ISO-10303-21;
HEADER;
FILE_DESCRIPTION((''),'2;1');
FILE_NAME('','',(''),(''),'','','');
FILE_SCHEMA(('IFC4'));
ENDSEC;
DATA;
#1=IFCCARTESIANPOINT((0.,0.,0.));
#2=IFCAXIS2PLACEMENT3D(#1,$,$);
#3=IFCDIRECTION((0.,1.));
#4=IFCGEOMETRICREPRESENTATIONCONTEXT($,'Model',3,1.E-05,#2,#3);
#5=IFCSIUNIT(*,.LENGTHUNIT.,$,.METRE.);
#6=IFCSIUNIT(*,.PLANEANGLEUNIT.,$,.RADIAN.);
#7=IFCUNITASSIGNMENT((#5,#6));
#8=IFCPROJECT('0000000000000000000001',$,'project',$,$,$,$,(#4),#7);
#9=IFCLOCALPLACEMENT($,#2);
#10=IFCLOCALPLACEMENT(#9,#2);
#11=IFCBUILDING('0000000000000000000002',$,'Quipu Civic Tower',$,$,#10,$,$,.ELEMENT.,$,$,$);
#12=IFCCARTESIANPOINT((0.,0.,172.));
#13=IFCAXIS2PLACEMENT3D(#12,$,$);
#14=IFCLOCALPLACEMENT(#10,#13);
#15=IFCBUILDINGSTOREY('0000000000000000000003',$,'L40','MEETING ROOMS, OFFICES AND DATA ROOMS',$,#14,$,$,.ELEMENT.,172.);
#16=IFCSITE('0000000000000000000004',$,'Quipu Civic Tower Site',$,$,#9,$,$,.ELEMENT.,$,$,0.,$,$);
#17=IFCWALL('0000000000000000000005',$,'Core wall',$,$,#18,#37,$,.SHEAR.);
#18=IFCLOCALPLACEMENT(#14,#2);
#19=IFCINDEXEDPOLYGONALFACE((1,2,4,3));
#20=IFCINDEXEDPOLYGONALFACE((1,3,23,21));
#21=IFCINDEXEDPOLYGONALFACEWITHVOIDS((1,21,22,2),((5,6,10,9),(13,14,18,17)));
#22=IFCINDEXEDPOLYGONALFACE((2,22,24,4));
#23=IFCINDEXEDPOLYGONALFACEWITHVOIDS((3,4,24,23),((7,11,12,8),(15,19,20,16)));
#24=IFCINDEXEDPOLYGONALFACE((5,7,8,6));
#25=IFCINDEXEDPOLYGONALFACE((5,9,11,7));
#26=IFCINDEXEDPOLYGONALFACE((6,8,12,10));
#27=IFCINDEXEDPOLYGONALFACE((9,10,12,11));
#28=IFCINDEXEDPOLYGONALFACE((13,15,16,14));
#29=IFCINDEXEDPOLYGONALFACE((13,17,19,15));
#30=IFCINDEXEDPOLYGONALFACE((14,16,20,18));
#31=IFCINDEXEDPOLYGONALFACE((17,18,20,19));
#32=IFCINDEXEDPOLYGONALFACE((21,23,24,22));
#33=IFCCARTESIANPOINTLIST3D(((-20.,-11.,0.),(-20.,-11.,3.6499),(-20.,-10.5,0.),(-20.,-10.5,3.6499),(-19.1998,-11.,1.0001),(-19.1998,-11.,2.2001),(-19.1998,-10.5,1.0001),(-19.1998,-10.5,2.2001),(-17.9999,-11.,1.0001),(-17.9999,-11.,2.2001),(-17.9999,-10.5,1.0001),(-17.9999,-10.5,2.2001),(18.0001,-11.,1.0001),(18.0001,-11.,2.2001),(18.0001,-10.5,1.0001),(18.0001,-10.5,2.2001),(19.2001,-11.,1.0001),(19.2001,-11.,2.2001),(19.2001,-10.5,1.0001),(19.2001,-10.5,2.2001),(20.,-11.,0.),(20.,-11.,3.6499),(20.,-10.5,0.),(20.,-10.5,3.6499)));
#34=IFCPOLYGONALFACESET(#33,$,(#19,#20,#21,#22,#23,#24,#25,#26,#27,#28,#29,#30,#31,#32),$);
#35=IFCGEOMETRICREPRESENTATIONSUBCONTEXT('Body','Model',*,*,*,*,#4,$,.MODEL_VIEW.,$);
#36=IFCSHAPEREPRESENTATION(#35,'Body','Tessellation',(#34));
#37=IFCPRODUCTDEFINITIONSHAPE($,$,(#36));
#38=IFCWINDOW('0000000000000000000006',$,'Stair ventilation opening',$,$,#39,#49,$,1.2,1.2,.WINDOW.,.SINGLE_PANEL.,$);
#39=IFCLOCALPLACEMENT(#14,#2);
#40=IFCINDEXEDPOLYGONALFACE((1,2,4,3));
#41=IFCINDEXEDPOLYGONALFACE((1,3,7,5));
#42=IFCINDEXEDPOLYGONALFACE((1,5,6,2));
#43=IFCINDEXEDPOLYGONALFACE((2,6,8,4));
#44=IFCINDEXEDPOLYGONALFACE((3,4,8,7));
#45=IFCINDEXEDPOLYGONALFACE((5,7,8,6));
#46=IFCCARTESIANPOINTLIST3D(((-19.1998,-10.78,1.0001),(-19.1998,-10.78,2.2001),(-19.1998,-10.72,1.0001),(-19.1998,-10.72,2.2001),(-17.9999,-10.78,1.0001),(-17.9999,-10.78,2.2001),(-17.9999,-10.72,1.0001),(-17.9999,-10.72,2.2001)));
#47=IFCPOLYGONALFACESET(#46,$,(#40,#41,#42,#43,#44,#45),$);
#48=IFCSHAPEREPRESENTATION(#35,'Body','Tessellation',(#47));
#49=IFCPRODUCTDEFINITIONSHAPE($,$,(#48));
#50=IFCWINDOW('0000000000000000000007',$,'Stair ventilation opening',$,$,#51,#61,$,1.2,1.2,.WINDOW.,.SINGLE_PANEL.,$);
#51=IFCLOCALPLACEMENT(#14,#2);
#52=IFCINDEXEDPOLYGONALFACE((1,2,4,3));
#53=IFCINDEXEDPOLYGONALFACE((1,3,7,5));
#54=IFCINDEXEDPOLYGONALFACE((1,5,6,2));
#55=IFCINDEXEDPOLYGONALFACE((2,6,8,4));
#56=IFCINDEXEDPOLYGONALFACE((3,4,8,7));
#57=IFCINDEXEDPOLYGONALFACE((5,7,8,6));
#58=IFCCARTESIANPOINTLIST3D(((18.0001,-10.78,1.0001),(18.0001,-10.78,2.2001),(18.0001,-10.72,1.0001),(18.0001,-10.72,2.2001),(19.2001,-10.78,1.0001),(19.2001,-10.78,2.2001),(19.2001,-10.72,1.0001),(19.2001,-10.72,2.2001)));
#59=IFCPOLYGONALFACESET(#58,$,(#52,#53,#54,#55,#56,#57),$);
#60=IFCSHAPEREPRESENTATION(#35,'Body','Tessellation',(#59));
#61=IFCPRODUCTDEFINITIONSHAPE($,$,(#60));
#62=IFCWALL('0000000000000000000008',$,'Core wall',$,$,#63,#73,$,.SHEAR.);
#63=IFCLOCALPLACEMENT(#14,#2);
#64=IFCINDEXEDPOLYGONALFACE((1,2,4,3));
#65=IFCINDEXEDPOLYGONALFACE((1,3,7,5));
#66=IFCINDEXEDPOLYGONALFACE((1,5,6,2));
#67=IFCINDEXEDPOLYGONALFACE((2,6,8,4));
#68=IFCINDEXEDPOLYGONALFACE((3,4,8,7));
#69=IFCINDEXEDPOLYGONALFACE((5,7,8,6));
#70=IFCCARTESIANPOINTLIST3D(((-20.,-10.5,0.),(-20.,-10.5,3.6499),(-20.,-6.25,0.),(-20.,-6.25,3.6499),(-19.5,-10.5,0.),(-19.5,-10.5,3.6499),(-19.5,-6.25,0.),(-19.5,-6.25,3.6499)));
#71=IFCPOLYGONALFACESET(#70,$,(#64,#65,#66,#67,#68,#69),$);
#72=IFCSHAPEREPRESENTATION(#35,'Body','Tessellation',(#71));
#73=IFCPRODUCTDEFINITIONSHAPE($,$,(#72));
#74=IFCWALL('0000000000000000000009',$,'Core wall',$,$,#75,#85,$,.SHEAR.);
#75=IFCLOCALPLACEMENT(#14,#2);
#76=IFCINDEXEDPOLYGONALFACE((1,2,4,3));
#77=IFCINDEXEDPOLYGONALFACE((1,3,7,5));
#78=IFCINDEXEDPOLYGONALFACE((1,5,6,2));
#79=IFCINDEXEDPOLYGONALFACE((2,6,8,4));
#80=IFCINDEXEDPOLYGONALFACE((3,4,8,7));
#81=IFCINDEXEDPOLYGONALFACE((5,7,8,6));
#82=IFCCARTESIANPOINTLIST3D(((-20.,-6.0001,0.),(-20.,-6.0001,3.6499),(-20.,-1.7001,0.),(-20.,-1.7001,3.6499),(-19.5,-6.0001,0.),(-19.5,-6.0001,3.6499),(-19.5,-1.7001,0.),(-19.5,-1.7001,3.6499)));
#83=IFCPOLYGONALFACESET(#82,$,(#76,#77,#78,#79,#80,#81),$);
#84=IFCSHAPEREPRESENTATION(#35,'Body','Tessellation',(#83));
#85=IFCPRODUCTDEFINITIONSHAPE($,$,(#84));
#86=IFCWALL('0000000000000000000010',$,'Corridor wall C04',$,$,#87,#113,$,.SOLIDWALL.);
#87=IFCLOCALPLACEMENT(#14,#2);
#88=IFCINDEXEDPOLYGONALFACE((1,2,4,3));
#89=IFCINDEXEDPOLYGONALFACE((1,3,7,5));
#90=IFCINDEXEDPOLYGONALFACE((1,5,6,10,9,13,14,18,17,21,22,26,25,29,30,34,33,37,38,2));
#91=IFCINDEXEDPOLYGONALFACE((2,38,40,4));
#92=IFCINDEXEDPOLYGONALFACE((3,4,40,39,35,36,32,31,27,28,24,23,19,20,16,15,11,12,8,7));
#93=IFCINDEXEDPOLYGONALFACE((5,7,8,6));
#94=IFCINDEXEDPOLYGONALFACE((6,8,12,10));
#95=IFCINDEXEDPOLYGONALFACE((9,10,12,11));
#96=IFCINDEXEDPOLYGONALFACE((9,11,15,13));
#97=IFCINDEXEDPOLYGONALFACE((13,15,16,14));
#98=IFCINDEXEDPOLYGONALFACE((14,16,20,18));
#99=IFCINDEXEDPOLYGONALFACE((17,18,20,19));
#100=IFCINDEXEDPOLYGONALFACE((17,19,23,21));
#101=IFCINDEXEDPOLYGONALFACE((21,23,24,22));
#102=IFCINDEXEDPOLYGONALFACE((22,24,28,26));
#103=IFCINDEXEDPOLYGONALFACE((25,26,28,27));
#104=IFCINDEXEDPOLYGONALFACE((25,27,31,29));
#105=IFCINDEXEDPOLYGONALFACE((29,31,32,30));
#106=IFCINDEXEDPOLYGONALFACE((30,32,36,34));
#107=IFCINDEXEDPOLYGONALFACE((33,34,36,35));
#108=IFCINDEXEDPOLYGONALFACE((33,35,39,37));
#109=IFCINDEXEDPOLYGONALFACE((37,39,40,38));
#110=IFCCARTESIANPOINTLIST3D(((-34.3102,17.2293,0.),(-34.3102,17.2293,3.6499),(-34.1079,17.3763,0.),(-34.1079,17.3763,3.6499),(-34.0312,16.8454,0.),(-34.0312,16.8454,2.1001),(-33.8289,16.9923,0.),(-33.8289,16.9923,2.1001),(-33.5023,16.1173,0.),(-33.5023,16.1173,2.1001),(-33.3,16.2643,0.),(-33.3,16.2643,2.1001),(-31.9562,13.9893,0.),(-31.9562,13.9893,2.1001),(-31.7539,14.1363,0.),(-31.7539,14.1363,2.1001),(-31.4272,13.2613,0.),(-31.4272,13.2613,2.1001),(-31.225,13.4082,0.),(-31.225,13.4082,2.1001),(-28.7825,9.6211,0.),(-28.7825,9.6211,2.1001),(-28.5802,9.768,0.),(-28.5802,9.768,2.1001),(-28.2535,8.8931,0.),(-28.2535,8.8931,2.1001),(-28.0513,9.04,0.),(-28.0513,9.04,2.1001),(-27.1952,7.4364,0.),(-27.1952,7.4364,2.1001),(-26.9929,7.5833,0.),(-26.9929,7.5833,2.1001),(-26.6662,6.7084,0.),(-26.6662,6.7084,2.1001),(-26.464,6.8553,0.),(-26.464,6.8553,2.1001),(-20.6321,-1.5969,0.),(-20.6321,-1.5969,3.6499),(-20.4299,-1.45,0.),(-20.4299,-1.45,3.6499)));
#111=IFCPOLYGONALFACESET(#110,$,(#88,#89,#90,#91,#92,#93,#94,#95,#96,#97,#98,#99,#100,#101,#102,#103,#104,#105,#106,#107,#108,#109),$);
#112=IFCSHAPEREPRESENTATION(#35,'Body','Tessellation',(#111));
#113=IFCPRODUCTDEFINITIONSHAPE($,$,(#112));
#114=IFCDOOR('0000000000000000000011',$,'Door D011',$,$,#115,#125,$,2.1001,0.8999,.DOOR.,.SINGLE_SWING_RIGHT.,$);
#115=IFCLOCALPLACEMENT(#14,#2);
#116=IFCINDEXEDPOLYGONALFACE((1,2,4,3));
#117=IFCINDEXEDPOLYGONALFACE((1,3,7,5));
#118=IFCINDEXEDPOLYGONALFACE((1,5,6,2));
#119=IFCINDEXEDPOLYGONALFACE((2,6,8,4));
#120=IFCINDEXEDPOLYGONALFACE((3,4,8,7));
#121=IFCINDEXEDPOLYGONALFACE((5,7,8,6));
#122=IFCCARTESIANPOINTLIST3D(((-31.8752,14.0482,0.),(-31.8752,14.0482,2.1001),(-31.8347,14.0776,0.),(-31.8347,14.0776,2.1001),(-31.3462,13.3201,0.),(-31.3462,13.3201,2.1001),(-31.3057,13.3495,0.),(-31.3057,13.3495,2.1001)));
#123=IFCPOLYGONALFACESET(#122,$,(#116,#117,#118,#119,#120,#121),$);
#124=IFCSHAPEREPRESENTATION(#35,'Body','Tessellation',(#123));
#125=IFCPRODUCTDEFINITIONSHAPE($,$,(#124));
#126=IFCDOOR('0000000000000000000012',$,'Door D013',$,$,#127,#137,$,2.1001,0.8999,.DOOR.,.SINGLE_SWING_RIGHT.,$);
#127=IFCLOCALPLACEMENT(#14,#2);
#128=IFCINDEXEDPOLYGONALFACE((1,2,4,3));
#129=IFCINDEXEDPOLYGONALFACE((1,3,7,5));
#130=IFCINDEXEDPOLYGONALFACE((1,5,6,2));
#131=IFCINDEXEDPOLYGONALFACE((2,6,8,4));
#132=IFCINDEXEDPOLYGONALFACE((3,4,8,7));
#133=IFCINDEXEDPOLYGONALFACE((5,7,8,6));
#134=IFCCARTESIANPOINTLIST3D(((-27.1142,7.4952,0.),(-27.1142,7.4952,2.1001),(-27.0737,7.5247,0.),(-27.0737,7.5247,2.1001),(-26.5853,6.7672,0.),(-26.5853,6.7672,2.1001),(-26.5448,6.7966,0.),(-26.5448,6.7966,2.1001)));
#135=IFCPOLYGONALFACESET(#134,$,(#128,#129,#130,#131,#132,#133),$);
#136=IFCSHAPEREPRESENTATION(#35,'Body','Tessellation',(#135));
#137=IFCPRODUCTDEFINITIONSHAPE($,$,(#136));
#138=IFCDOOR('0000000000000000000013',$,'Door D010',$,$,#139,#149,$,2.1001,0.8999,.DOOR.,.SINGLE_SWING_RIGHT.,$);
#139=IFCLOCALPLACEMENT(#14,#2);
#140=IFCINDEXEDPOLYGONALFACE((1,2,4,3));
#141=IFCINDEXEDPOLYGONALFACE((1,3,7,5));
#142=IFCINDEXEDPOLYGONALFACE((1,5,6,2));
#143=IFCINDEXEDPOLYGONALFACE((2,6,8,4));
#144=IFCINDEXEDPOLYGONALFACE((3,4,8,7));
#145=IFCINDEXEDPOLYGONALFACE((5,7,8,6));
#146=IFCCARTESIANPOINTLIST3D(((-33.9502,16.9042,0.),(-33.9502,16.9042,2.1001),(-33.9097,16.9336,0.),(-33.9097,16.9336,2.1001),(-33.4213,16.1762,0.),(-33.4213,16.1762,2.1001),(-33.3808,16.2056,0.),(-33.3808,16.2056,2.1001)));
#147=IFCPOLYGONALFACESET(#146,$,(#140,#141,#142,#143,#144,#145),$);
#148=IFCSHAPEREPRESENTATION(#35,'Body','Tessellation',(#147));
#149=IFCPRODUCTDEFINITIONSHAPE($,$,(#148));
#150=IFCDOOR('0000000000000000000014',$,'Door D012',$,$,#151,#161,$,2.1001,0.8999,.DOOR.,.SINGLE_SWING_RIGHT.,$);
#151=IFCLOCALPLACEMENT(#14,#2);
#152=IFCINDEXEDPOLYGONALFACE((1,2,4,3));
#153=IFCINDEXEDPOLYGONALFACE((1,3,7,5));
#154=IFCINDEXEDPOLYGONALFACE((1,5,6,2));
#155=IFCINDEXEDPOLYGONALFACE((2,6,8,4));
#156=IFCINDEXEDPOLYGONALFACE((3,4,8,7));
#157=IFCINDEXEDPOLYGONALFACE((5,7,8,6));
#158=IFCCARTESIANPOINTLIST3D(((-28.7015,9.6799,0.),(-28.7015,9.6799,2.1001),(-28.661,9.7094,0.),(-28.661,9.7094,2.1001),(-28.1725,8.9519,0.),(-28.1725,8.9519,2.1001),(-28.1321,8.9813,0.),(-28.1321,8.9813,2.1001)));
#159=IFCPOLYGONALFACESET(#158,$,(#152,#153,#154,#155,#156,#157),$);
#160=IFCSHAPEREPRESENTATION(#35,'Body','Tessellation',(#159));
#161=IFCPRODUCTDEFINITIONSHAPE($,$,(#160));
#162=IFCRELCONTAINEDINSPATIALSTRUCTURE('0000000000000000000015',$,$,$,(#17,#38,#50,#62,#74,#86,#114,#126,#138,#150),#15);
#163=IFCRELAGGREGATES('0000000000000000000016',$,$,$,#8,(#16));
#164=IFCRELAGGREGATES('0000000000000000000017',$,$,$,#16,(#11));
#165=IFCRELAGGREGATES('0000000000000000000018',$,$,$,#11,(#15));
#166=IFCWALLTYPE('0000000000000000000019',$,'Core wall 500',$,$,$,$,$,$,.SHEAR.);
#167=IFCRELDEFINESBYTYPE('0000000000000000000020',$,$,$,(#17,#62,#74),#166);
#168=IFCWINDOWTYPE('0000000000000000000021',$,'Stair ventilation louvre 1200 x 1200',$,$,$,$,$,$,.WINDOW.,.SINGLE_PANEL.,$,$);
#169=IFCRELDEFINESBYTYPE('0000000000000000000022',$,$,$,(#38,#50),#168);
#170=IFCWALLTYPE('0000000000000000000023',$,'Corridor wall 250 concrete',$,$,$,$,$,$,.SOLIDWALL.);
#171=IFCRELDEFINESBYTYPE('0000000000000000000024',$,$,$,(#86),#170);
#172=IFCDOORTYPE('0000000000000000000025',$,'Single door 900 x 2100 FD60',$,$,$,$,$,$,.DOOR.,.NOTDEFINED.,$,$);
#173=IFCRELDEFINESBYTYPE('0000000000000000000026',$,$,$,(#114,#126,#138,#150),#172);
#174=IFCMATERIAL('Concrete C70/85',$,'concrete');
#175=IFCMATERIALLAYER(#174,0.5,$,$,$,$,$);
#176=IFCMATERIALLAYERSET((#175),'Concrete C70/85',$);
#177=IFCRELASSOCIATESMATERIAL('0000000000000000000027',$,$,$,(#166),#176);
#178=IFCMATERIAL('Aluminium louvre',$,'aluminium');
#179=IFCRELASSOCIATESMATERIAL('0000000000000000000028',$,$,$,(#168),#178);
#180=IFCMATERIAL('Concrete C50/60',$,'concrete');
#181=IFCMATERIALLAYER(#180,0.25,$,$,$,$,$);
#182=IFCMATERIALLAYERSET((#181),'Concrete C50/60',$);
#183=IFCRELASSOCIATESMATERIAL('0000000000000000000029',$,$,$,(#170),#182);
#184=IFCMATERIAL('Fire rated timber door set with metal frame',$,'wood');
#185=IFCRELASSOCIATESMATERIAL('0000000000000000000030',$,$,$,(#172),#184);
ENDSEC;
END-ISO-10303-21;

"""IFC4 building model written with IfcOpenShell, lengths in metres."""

from ifc_helpers import new_model, si_unit, direction, frame, frame_2d, origin, place, context, subcontext, project, spatial, rectangle, extrude, material, layer, layer_set, type_object, element, fill, save


model = new_model("IFC4")

# Units and contexts
model_context = context("Model", 3, precision=1e-05, world=origin(), true_north=direction((0.0, 1.0)))
body_context = subcontext(model_context, "Body", "Model", "MODEL_VIEW")
ifc_project = project(units=[si_unit("LENGTHUNIT", "METRE"), si_unit("PLANEANGLEUNIT", "RADIAN")], contexts=[model_context])

# Site, building, storey
site_placement = place(None, origin())
site = spatial("IfcSite", under=ifc_project, at=site_placement, Name="Quipu Civic Tower Site", CompositionType="ELEMENT", RefElevation=0.0)
building_placement = place(site_placement, origin())
building = spatial("IfcBuilding", under=site, at=building_placement, Name="Quipu Civic Tower", CompositionType="ELEMENT")
storey_placement = place(building_placement, frame((0.0, 0.0, 172.0)))
storey = spatial("IfcBuildingStorey", under=building, at=storey_placement, Name="L40", Description="MEETING ROOMS, OFFICES AND DATA ROOMS", CompositionType="ELEMENT", Elevation=172.0)

# Wall, openings, windows
ifc_material_1 = material(Name="Concrete C70/85", Category="concrete")
ifc_layer_1 = layer(ifc_material_1, 0.5)
ifc_layer_set_1 = layer_set([ifc_layer_1], Name="Concrete C70/85")
wall_type_1 = type_object("IfcWallType", Name="Core wall 500", PredefinedType="SHEAR", material=ifc_layer_set_1)
wall_1_placement = place(storey_placement, frame((-20.0, -10.75, 0.0), z_axis=(0.0, 0.0, 1.0), x_axis=(1.0, 0.0, 0.0)))
wall_1 = element("IfcWall", 1, at=wall_1_placement, inside=storey, type_object=wall_type_1, Name="Core wall", PredefinedType="SHEAR", context=body_context, shape_type="SweptSolid", body=[
    extrude(rectangle(XDim=40.0, YDim=0.5, at=frame_2d((20.0, 0.0))), origin(), (0.0, 0.0, 1.0), 3.6499),
])
opening_1_placement = place(wall_1_placement, frame((0.8, 0.0, 1.0)))
opening_1 = element("IfcOpeningElement", 2, at=opening_1_placement, cuts=wall_1, PredefinedType="OPENING", context=body_context, shape_type="SweptSolid", body=[
    extrude(rectangle(XDim=1.2, YDim=1.2, at=frame_2d((0.6001, 0.6001))), frame((0.0, 0.26, 0.0), z_axis=(0.0, -1.0, 0.0), x_axis=(1.0, 0.0, 0.0)), (0.0, 0.0, 1.0), 0.52),
])
opening_2_placement = place(wall_1_placement, frame((38.0, 0.0, 1.0)))
opening_2 = element("IfcOpeningElement", 3, at=opening_2_placement, cuts=wall_1, PredefinedType="OPENING", context=body_context, shape_type="SweptSolid", body=[
    extrude(rectangle(XDim=1.2, YDim=1.2, at=frame_2d((0.6001, 0.6001))), frame((0.0, 0.26, 0.0), z_axis=(0.0, -1.0, 0.0), x_axis=(1.0, 0.0, 0.0)), (0.0, 0.0, 1.0), 0.52),
])
ifc_material_2 = material(Name="Aluminium louvre", Category="aluminium")
window_type = type_object("IfcWindowType", Name="Stair ventilation louvre 1200 x 1200", PartitioningType="SINGLE_PANEL", PredefinedType="WINDOW", material=ifc_material_2)
window_1_placement = place(opening_1_placement, origin())
window_1 = element("IfcWindow", 4, at=window_1_placement, inside=storey, type_object=window_type, Name="Stair ventilation opening", OverallHeight=1.2, OverallWidth=1.2, PartitioningType="SINGLE_PANEL", PredefinedType="WINDOW", context=body_context, shape_type="SweptSolid", body=[
    extrude(rectangle(XDim=1.2, YDim=1.2, at=frame_2d((0.6001, 0.6001))), frame((0.0, 0.03, 0.0), z_axis=(0.0, -1.0, 0.0), x_axis=(1.0, 0.0, 0.0)), (0.0, 0.0, 1.0), 0.0601),
])
fill(opening_1, window_1)
window_2_placement = place(opening_2_placement, origin())
window_2 = element("IfcWindow", 5, at=window_2_placement, inside=storey, type_object=window_type, Name="Stair ventilation opening", OverallHeight=1.2, OverallWidth=1.2, PartitioningType="SINGLE_PANEL", PredefinedType="WINDOW", context=body_context, shape_type="SweptSolid", body=[
    extrude(rectangle(XDim=1.2, YDim=1.2, at=frame_2d((0.6001, 0.6001))), frame((0.0, 0.03, 0.0), z_axis=(0.0, -1.0, 0.0), x_axis=(1.0, 0.0, 0.0)), (0.0, 0.0, 1.0), 0.0601),
])
fill(opening_2, window_2)

# Walls
wall_2_placement = place(storey_placement, frame((-19.75, -10.5, 0.0), z_axis=(0.0, 0.0, 1.0), x_axis=(0.0, 1.0, 0.0)))
element("IfcWall", 6, at=wall_2_placement, inside=storey, type_object=wall_type_1, Name="Core wall", PredefinedType="SHEAR", context=body_context, shape_type="SweptSolid", body=[
    extrude(rectangle(XDim=4.25, YDim=0.5, at=frame_2d((2.125, 0.0))), origin(), (0.0, 0.0, 1.0), 3.6499),
])
wall_3_placement = place(storey_placement, frame((-19.75, -6.0, 0.0), z_axis=(0.0, 0.0, 1.0), x_axis=(0.0, 1.0, 0.0)))
element("IfcWall", 7, at=wall_3_placement, inside=storey, type_object=wall_type_1, Name="Core wall", PredefinedType="SHEAR", context=body_context, shape_type="SweptSolid", body=[
    extrude(rectangle(XDim=4.3, YDim=0.5, at=frame_2d((2.1499, 0.0))), origin(), (0.0, 0.0, 1.0), 3.6499),
])

# Wall, openings, doors
ifc_material_3 = material(Name="Concrete C50/60", Category="concrete")
ifc_layer_2 = layer(ifc_material_3, 0.25)
ifc_layer_set_2 = layer_set([ifc_layer_2], Name="Concrete C50/60")
wall_type_2 = type_object("IfcWallType", Name="Corridor wall 250 concrete", PredefinedType="SOLIDWALL", material=ifc_layer_set_2)
wall_4_placement = place(storey_placement, frame((-20.531, -1.5234, 0.0), z_axis=(0.0, 0.0, 1.0), x_axis=(-0.587784, 0.809018, 0.0)))
wall_4 = element("IfcWall", 8, at=wall_4_placement, inside=storey, type_object=wall_type_2, Name="Corridor wall C04", PredefinedType="SOLIDWALL", context=body_context, shape_type="SweptSolid", body=[
    extrude(rectangle(XDim=23.2705, YDim=0.25, at=frame_2d((11.6353, 0.0))), origin(), (0.0, 0.0, 1.0), 3.6499),
])
opening_3_placement = place(wall_4_placement, frame((18.3657, 0.0, 0.0)))
opening_3 = element("IfcOpeningElement", 9, at=opening_3_placement, cuts=wall_4, PredefinedType="OPENING", context=body_context, shape_type="SweptSolid", body=[
    extrude(rectangle(XDim=0.8999, YDim=2.1001, at=frame_2d((0.45, 1.05))), frame((0.0, 0.135, 0.0), z_axis=(0.0, -1.0, 0.0), x_axis=(1.0, 0.0, 0.0)), (0.0, 0.0, 1.0), 0.27),
])
opening_4_placement = place(wall_4_placement, frame((10.2659, 0.0, 0.0)))
opening_4 = element("IfcOpeningElement", 10, at=opening_4_placement, cuts=wall_4, PredefinedType="OPENING", context=body_context, shape_type="SweptSolid", body=[
    extrude(rectangle(XDim=0.8999, YDim=2.1001, at=frame_2d((0.45, 1.05))), frame((0.0, 0.135, 0.0), z_axis=(0.0, -1.0, 0.0), x_axis=(1.0, 0.0, 0.0)), (0.0, 0.0, 1.0), 0.27),
])
opening_5_placement = place(wall_4_placement, frame((21.896, 0.0, 0.0)))
opening_5 = element("IfcOpeningElement", 11, at=opening_5_placement, cuts=wall_4, PredefinedType="OPENING", context=body_context, shape_type="SweptSolid", body=[
    extrude(rectangle(XDim=0.8999, YDim=2.1001, at=frame_2d((0.45, 1.05))), frame((0.0, 0.135, 0.0), z_axis=(0.0, -1.0, 0.0), x_axis=(1.0, 0.0, 0.0)), (0.0, 0.0, 1.0), 0.27),
])
opening_6_placement = place(wall_4_placement, frame((12.9663, 0.0, 0.0)))
opening_6 = element("IfcOpeningElement", 12, at=opening_6_placement, cuts=wall_4, PredefinedType="OPENING", context=body_context, shape_type="SweptSolid", body=[
    extrude(rectangle(XDim=0.8999, YDim=2.1001, at=frame_2d((0.45, 1.05))), frame((0.0, 0.135, 0.0), z_axis=(0.0, -1.0, 0.0), x_axis=(1.0, 0.0, 0.0)), (0.0, 0.0, 1.0), 0.27),
])
ifc_material_4 = material(Name="Fire rated timber door set with metal frame", Category="wood")
door_type_1 = type_object("IfcDoorType", Name="Single door 900 x 2100 FD60", OperationType="NOTDEFINED", PredefinedType="DOOR", material=ifc_material_4)
door_1_placement = place(opening_3_placement, origin())
door_1 = element("IfcDoor", 13, at=door_1_placement, inside=storey, type_object=door_type_1, Name="Door D011", OperationType="SINGLE_SWING_RIGHT", OverallHeight=2.1001, OverallWidth=0.8999, PredefinedType="DOOR", context=body_context, shape_type="SweptSolid", body=[
    extrude(rectangle(XDim=0.8999, YDim=2.1001, at=frame_2d((0.45, 1.05))), frame((0.0, 0.0249, 0.0), z_axis=(0.0, -1.0, 0.0), x_axis=(1.0, 0.0, 0.0)), (0.0, 0.0, 1.0), 0.05),
])
fill(opening_3, door_1)
door_2_placement = place(opening_4_placement, origin())
door_2 = element("IfcDoor", 14, at=door_2_placement, inside=storey, type_object=door_type_1, Name="Door D013", OperationType="SINGLE_SWING_RIGHT", OverallHeight=2.1001, OverallWidth=0.8999, PredefinedType="DOOR", context=body_context, shape_type="SweptSolid", body=[
    extrude(rectangle(XDim=0.8999, YDim=2.1001, at=frame_2d((0.45, 1.05))), frame((0.0, 0.0249, 0.0), z_axis=(0.0, -1.0, 0.0), x_axis=(1.0, 0.0, 0.0)), (0.0, 0.0, 1.0), 0.05),
])
fill(opening_4, door_2)
door_3_placement = place(opening_5_placement, origin())
door_3 = element("IfcDoor", 15, at=door_3_placement, inside=storey, type_object=door_type_1, Name="Door D010", OperationType="SINGLE_SWING_RIGHT", OverallHeight=2.1001, OverallWidth=0.8999, PredefinedType="DOOR", context=body_context, shape_type="SweptSolid", body=[
    extrude(rectangle(XDim=0.8999, YDim=2.1001, at=frame_2d((0.45, 1.05))), frame((0.0, 0.0249, 0.0), z_axis=(0.0, -1.0, 0.0), x_axis=(1.0, 0.0, 0.0)), (0.0, 0.0, 1.0), 0.05),
])
fill(opening_5, door_3)
door_4_placement = place(opening_6_placement, origin())
door_4 = element("IfcDoor", 16, at=door_4_placement, inside=storey, type_object=door_type_1, Name="Door D012", OperationType="SINGLE_SWING_RIGHT", OverallHeight=2.1001, OverallWidth=0.8999, PredefinedType="DOOR", context=body_context, shape_type="SweptSolid", body=[
    extrude(rectangle(XDim=0.8999, YDim=2.1001, at=frame_2d((0.45, 1.05))), frame((0.0, 0.0249, 0.0), z_axis=(0.0, -1.0, 0.0), x_axis=(1.0, 0.0, 0.0)), (0.0, 0.0, 1.0), 0.05),
])
fill(opening_6, door_4)

save(model, "model.ifc")
